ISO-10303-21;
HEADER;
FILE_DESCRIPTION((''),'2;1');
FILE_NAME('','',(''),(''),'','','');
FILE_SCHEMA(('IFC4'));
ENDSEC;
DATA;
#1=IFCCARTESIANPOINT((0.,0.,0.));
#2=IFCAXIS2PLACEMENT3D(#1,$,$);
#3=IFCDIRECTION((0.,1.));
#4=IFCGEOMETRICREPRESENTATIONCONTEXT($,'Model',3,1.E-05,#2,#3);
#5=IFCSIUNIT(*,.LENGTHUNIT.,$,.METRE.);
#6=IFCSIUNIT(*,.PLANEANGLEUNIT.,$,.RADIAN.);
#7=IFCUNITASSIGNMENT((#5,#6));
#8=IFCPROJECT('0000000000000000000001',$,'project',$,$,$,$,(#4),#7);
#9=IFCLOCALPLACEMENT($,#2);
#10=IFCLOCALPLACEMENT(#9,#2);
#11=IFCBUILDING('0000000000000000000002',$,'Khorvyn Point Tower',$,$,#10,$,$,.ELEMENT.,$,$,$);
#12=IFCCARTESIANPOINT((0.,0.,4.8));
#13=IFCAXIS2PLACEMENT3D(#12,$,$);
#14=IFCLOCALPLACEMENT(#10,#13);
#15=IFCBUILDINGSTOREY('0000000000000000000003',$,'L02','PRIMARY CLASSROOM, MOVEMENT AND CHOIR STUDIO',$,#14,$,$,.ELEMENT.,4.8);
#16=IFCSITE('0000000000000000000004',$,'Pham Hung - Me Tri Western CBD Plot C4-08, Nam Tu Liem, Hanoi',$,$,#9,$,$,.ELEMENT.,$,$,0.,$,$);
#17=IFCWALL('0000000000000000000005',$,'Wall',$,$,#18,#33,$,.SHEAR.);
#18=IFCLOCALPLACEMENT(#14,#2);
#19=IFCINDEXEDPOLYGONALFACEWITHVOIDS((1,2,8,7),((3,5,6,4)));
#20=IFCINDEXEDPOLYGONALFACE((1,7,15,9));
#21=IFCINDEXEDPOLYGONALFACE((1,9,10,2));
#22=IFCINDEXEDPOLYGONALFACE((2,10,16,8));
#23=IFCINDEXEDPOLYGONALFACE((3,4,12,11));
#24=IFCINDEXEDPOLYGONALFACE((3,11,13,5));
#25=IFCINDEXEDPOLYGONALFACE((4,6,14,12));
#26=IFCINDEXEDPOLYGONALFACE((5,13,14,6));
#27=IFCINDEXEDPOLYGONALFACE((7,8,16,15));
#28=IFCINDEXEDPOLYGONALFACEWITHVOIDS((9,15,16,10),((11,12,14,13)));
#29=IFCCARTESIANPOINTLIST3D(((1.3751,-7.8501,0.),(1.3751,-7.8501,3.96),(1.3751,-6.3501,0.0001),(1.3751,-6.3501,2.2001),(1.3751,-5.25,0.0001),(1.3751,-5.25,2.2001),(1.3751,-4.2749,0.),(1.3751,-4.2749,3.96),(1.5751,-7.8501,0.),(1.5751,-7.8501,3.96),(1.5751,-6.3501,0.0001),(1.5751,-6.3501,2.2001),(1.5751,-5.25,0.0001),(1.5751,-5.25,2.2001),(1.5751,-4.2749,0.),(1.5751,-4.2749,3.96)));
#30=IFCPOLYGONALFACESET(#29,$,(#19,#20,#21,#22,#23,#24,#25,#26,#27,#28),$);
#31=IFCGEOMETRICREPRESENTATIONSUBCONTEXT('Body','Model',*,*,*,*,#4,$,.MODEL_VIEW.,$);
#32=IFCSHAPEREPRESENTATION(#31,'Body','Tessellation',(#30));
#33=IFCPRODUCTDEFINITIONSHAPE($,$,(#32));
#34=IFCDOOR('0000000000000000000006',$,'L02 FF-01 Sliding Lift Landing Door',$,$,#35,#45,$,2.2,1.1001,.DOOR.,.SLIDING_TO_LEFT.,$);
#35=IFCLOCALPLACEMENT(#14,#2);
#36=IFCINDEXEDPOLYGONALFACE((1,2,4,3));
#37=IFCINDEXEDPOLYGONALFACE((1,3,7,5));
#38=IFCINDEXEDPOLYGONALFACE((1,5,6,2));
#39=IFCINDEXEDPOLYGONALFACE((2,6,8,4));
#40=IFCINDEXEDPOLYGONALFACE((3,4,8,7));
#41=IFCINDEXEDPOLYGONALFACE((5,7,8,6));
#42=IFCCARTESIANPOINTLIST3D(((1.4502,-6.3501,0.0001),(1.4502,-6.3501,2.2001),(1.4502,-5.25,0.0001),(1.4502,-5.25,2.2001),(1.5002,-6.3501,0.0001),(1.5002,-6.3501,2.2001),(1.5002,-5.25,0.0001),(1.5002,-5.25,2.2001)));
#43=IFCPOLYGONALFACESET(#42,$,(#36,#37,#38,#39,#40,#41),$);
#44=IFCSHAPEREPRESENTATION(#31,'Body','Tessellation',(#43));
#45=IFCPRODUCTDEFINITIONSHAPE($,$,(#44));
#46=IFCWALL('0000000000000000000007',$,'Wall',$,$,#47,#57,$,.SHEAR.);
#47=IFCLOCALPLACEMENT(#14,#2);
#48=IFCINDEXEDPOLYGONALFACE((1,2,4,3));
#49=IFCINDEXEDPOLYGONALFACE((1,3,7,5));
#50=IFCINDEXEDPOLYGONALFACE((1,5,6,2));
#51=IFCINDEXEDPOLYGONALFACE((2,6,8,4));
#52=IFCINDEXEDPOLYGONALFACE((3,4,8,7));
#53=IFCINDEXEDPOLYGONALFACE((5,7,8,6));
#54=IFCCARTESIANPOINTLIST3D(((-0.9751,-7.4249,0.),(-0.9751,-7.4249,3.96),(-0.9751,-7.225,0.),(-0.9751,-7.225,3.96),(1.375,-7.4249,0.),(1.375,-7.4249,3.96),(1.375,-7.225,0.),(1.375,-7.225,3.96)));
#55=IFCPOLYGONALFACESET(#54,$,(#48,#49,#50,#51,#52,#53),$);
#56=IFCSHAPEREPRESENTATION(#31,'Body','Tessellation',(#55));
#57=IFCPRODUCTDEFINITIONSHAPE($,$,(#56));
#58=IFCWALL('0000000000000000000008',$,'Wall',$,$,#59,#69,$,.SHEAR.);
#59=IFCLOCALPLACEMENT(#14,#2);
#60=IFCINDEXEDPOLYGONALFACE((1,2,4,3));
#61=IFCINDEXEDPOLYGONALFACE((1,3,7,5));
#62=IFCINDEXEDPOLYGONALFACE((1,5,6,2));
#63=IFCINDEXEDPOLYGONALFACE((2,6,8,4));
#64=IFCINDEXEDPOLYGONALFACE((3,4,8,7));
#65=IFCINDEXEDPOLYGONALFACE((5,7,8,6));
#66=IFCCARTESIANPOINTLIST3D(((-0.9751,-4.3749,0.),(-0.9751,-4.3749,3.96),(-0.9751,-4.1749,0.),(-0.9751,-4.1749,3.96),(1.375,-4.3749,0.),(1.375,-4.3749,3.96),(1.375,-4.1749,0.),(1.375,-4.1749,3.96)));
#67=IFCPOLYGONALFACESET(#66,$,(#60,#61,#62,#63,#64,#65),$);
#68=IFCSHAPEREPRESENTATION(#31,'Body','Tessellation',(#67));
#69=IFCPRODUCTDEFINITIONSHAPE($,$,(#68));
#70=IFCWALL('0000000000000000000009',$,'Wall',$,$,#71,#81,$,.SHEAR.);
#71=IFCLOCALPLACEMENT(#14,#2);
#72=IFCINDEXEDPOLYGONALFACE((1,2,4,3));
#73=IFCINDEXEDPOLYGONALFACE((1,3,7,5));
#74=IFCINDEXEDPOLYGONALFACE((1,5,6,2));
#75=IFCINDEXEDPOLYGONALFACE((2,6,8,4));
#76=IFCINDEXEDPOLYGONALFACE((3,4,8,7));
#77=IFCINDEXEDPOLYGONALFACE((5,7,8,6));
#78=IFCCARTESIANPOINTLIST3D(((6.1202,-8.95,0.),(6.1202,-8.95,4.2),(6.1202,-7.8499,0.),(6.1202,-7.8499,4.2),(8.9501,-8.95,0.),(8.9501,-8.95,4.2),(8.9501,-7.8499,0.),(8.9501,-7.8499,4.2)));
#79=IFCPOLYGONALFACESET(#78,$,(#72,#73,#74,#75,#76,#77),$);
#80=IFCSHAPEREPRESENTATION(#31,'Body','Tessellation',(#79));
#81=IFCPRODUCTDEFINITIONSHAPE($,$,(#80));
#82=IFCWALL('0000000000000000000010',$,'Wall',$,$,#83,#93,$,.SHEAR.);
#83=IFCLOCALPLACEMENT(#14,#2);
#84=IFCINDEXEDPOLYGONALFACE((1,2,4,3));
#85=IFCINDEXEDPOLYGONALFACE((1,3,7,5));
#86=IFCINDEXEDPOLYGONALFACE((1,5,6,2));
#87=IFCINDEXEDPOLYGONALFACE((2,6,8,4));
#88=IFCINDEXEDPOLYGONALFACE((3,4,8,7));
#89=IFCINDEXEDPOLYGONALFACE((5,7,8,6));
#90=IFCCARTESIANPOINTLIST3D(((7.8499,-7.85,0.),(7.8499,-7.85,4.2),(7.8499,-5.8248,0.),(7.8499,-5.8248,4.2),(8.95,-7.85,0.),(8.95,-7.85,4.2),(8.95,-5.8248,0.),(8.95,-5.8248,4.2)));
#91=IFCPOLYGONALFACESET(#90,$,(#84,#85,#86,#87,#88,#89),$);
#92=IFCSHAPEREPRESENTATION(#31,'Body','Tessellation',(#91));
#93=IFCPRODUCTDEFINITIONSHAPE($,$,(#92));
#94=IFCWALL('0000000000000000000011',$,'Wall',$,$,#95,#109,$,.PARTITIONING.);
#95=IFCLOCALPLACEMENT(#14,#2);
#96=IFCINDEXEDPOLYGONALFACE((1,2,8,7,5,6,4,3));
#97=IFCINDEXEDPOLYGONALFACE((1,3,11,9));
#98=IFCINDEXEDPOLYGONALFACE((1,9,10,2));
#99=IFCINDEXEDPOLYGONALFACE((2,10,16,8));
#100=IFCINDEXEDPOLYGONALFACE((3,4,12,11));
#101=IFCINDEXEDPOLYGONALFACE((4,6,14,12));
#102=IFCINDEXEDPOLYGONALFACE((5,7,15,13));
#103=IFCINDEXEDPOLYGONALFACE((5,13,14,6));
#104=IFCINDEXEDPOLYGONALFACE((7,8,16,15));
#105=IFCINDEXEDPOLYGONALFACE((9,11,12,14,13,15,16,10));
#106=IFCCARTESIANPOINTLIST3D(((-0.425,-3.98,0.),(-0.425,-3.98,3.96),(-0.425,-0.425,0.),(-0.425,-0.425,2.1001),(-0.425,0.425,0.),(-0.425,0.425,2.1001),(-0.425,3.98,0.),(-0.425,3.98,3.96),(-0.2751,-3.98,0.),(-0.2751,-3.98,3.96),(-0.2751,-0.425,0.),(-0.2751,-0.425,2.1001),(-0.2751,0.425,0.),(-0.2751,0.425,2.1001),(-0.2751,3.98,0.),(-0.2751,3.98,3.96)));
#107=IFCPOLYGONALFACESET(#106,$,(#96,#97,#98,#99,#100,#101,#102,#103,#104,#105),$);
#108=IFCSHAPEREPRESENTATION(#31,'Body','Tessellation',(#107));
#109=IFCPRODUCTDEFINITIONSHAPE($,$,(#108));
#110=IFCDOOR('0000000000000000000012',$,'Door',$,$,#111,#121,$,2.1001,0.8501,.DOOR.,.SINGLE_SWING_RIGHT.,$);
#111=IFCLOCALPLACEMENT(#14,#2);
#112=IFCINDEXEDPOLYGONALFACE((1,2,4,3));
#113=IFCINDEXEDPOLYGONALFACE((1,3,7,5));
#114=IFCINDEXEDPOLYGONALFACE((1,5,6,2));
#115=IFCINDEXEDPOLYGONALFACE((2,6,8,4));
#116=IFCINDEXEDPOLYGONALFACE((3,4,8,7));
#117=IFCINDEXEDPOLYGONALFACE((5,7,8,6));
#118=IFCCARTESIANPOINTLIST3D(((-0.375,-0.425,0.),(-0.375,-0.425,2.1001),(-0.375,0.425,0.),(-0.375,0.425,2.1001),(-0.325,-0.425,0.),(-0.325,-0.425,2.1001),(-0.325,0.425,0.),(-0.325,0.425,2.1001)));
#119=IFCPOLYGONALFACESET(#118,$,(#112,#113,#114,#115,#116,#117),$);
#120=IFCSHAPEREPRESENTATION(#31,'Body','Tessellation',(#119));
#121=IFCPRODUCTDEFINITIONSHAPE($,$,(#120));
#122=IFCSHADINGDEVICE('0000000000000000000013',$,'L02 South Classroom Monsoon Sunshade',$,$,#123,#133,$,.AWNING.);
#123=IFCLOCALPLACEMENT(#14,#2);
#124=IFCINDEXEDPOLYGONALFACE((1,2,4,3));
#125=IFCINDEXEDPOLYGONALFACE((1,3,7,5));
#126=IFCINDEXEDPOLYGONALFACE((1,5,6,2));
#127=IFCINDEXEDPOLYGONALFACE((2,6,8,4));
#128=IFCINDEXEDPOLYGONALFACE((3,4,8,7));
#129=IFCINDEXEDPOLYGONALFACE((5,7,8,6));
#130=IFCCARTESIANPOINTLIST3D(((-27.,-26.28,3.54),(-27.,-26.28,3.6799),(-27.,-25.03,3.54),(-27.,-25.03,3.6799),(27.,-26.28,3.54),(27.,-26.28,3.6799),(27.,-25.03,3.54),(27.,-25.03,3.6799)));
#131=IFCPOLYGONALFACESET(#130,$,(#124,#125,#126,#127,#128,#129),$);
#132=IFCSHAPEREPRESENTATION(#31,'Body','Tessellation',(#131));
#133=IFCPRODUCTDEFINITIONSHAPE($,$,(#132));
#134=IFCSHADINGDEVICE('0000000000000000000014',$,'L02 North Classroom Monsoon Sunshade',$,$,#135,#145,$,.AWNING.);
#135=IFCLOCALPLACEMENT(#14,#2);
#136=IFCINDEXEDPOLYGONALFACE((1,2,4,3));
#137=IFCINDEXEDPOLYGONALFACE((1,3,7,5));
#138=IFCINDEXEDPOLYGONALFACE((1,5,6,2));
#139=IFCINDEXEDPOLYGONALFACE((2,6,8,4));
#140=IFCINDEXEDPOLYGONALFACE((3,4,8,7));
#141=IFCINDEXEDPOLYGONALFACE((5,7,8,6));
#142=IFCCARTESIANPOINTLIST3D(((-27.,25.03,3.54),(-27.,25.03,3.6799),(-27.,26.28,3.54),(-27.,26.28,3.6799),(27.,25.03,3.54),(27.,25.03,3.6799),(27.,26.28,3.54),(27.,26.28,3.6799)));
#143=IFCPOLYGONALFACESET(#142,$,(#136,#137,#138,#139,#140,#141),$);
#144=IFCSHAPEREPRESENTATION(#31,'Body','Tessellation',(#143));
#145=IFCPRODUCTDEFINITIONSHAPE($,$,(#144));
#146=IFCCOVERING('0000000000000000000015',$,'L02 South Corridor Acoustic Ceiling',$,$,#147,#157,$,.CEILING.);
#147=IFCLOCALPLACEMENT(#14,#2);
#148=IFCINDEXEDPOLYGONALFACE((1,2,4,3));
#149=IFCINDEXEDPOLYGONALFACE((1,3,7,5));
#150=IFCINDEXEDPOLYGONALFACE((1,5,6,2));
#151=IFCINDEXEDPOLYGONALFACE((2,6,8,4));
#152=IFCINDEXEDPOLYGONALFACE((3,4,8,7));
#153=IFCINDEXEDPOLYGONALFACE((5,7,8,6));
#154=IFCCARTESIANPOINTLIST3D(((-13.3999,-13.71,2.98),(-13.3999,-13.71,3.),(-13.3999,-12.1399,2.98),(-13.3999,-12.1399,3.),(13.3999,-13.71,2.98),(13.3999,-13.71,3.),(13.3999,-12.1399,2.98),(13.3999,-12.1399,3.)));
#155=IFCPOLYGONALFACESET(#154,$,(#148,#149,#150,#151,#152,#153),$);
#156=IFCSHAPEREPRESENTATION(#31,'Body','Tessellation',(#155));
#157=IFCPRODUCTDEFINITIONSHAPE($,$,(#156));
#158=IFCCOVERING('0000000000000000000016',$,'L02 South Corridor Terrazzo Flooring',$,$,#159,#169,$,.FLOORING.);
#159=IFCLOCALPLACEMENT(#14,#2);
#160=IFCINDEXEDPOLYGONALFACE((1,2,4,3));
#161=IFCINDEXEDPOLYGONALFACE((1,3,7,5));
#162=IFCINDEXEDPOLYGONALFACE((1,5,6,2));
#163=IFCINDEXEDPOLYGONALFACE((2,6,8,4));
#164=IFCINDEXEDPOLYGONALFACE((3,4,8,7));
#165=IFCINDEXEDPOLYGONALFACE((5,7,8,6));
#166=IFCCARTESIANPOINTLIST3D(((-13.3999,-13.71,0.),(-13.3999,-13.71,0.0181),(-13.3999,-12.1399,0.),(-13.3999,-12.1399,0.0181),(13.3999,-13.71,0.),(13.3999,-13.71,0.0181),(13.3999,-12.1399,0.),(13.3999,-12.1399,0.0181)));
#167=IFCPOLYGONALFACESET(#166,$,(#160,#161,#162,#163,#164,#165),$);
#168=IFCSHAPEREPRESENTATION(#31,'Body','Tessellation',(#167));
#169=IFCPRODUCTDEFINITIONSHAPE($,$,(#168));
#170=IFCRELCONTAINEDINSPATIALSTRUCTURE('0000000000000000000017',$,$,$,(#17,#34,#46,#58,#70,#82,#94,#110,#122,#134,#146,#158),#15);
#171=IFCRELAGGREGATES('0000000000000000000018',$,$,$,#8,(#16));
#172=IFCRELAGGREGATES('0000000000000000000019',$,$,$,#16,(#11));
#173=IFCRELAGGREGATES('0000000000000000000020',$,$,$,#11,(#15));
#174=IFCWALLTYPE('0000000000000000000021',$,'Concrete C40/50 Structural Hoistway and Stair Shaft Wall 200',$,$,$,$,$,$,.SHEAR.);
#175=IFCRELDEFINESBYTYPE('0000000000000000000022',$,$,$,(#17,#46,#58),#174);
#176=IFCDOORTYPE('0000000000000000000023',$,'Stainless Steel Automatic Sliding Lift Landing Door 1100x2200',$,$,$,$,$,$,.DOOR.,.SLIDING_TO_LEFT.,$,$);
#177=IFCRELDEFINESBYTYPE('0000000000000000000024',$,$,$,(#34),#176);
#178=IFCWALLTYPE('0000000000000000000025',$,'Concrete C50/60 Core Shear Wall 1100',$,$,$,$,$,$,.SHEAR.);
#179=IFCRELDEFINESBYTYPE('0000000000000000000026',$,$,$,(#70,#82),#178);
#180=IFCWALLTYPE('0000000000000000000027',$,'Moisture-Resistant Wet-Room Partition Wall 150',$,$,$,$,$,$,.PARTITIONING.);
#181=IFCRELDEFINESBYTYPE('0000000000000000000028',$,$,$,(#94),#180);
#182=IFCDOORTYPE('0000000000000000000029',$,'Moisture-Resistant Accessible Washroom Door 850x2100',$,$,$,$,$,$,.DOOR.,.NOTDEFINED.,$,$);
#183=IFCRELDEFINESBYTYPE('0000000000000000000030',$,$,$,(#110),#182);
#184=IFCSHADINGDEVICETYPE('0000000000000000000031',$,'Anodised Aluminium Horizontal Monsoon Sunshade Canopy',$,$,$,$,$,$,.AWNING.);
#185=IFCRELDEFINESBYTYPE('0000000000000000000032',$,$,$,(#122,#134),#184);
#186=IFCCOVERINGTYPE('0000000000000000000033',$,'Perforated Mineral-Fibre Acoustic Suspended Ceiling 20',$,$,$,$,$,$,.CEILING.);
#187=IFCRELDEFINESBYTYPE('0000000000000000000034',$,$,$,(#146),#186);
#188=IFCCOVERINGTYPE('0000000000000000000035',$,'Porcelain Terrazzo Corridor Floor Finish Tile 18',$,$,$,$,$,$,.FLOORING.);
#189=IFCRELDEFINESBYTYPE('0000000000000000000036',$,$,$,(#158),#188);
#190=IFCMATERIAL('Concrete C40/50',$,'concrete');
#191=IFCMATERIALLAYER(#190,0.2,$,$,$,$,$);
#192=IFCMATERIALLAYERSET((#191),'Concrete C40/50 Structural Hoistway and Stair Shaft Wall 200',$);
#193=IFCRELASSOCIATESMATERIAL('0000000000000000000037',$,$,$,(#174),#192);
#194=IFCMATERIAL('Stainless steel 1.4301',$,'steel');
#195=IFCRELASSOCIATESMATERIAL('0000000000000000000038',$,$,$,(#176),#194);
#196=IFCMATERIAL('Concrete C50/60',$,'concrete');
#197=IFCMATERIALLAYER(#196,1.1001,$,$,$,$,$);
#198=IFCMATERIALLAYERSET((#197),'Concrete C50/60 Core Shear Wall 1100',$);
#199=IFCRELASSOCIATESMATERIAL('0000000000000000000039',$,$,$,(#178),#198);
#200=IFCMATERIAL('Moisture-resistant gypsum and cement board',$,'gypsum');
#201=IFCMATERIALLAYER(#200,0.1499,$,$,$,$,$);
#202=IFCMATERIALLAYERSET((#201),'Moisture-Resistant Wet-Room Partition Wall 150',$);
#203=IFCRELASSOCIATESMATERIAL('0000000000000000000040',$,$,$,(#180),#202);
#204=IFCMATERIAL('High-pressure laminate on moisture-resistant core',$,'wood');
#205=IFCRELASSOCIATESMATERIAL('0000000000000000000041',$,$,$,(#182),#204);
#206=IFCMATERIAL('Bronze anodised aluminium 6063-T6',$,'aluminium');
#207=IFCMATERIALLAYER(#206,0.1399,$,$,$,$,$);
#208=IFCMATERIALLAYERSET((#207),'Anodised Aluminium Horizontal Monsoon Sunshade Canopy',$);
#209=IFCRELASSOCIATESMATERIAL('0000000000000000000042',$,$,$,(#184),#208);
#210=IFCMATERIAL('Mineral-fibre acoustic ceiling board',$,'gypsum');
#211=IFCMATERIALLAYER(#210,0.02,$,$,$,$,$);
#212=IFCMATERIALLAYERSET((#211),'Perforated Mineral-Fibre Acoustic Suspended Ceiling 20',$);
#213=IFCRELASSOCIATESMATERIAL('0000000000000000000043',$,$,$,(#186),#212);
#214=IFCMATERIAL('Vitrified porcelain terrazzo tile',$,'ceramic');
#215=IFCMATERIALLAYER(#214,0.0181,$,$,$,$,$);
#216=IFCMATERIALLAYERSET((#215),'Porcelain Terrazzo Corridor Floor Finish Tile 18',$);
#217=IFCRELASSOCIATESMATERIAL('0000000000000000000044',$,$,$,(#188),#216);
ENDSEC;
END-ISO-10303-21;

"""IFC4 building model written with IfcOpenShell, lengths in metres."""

from ifc_helpers import new_model, si_unit, direction, frame, frame_2d, origin, place, context, subcontext, project, spatial, polyline, rectangle, outline, extrude, material, layer, layer_set, type_object, element, fill, save


model = new_model("IFC4")

# Units and contexts
model_context = context("Model", 3, precision=1e-05, world=origin(), true_north=direction((0.0, 1.0)))
body_context = subcontext(model_context, "Body", "Model", "MODEL_VIEW")
ifc_project = project(units=[si_unit("LENGTHUNIT", "METRE"), si_unit("PLANEANGLEUNIT", "RADIAN")], contexts=[model_context])

# Site, building, storey
site_placement = place(None, origin())
site = spatial("IfcSite", under=ifc_project, at=site_placement, Name="Pham Hung - Me Tri Western CBD Plot C4-08, Nam Tu Liem, Hanoi", CompositionType="ELEMENT", RefElevation=0.0)
building_placement = place(site_placement, origin())
building = spatial("IfcBuilding", under=site, at=building_placement, Name="Khorvyn Point Tower", CompositionType="ELEMENT")
storey_placement = place(building_placement, frame((0.0, 0.0, 4.8)))
storey = spatial("IfcBuildingStorey", under=building, at=storey_placement, Name="L02", Description="PRIMARY CLASSROOM, MOVEMENT AND CHOIR STUDIO", CompositionType="ELEMENT", Elevation=4.8)

# Shared definitions
ifc_material_1 = material(Name="Concrete C40/50", Category="concrete")

# Shared definitions
ifc_material_2 = material(Name="Concrete C50/60", Category="concrete")

# Shared definitions
ifc_layer_1 = layer(ifc_material_1, 0.2)
ifc_layer_set_1 = layer_set([ifc_layer_1], Name="Concrete C40/50 Structural Hoistway and Stair Shaft Wall 200")
wall_type_1 = type_object("IfcWallType", Name="Concrete C40/50 Structural Hoistway and Stair Shaft Wall 200", PredefinedType="SHEAR", material=ifc_layer_set_1)

# Wall, opening, door
wall_1_placement = place(storey_placement, frame((1.4751, -7.8501, 0.0), z_axis=(0.0, 0.0, 1.0), x_axis=(0.0, 1.0, 0.0)))
wall_1 = element("IfcWall", 1, at=wall_1_placement, inside=storey, type_object=wall_type_1, Name="Wall", PredefinedType="SHEAR", context=body_context, shape_type="SweptSolid", body=[
    extrude(rectangle(XDim=3.5752, YDim=0.2, at=frame_2d((1.7876, 0.0))), origin(), (0.0, 0.0, 1.0), 3.96),
])
opening_1_placement = place(wall_1_placement, frame((1.5, 0.0, 0.0)))
opening_1 = element("IfcOpeningElement", 2, at=opening_1_placement, cuts=wall_1, PredefinedType="OPENING", context=body_context, shape_type="SweptSolid", body=[
    extrude(rectangle(XDim=1.1001, YDim=2.2, at=frame_2d((0.55, 1.1001))), frame((0.0, 0.1099, 0.0), z_axis=(0.0, -1.0, 0.0), x_axis=(1.0, 0.0, 0.0)), (0.0, 0.0, 1.0), 0.22),
])
ifc_material_3 = material(Name="Stainless steel 1.4301", Category="steel")
door_type_1 = type_object("IfcDoorType", Name="Stainless Steel Automatic Sliding Lift Landing Door 1100x2200", OperationType="SLIDING_TO_LEFT", PredefinedType="DOOR", material=ifc_material_3)
door_1_placement = place(opening_1_placement, origin())
door_1 = element("IfcDoor", 3, at=door_1_placement, inside=storey, type_object=door_type_1, Name="L02 FF-01 Sliding Lift Landing Door", OperationType="SLIDING_TO_LEFT", OverallHeight=2.2, OverallWidth=1.1001, PredefinedType="DOOR", context=body_context, shape_type="SweptSolid", body=[
    extrude(rectangle(XDim=1.1001, YDim=2.2, at=frame_2d((0.55, 1.1001))), frame((0.0, 0.0249, 0.0), z_axis=(0.0, -1.0, 0.0), x_axis=(1.0, 0.0, 0.0)), (0.0, 0.0, 1.0), 0.05),
])
fill(opening_1, door_1)

# Walls
for number, where, z_axis, x_axis, name in (
    (4, (-0.9751, -7.325, 0.0), (0.0, 0.0, 1.0), (1.0, 0.0, 0.0), "Wall"),
    (5, (-0.9751, -4.2749, 0.0), (0.0, 0.0, 1.0), (1.0, 0.0, 0.0), "Wall"),
):
    element("IfcWall", number, at=place(storey_placement, frame(where, z_axis=z_axis, x_axis=x_axis)), inside=storey, type_object=wall_type_1, Name=name, PredefinedType="SHEAR", context=body_context, shape_type="SweptSolid", body=[
        extrude(rectangle(XDim=2.3501, YDim=0.2, at=frame_2d((1.175, 0.0))), origin(), (0.0, 0.0, 1.0), 3.96),
    ])
ifc_layer_2 = layer(ifc_material_2, 1.1001)
ifc_layer_set_2 = layer_set([ifc_layer_2], Name="Concrete C50/60 Core Shear Wall 1100")
wall_type_2 = type_object("IfcWallType", Name="Concrete C50/60 Core Shear Wall 1100", PredefinedType="SHEAR", material=ifc_layer_set_2)
wall_2_placement = place(storey_placement, frame((6.1201, -8.3999, 0.0), z_axis=(0.0, 0.0, 1.0), x_axis=(1.0, 0.0, 0.0)))
element("IfcWall", 6, at=wall_2_placement, inside=storey, type_object=wall_type_2, Name="Wall", PredefinedType="SHEAR", context=body_context, shape_type="SweptSolid", body=[
    extrude(rectangle(XDim=2.8298, YDim=1.1001, at=frame_2d((1.415, 0.0))), origin(), (0.0, 0.0, 1.0), 4.2),
])
wall_3_placement = place(storey_placement, frame((8.3999, -7.8501, 0.0), z_axis=(0.0, 0.0, 1.0), x_axis=(0.0, 1.0, 0.0)))
element("IfcWall", 7, at=wall_3_placement, inside=storey, type_object=wall_type_2, Name="Wall", PredefinedType="SHEAR", context=body_context, shape_type="SweptSolid", body=[
    extrude(rectangle(XDim=2.0251, YDim=1.1001, at=frame_2d((1.0127, 0.0))), origin(), (0.0, 0.0, 1.0), 4.2),
])

# Wall, opening, door
ifc_material_4 = material(Name="Moisture-resistant gypsum and cement board", Category="gypsum")
ifc_layer_3 = layer(ifc_material_4, 0.1499)
ifc_layer_set_3 = layer_set([ifc_layer_3], Name="Moisture-Resistant Wet-Room Partition Wall 150")
wall_type_3 = type_object("IfcWallType", Name="Moisture-Resistant Wet-Room Partition Wall 150", PredefinedType="PARTITIONING", material=ifc_layer_set_3)
wall_4_placement = place(storey_placement, frame((-0.3501, -3.98, 0.0), z_axis=(0.0, 0.0, 1.0), x_axis=(0.0, 1.0, 0.0)))
wall_4 = element("IfcWall", 8, at=wall_4_placement, inside=storey, type_object=wall_type_3, Name="Wall", PredefinedType="PARTITIONING", context=body_context, shape_type="SweptSolid", body=[
    extrude(rectangle(XDim=7.96, YDim=0.1499, at=frame_2d((3.98, 0.0))), origin(), (0.0, 0.0, 1.0), 3.96),
])
opening_2_placement = place(wall_4_placement, frame((3.5549, 0.0, 0.0)))
opening_2 = element("IfcOpeningElement", 9, at=opening_2_placement, cuts=wall_4, PredefinedType="OPENING", context=body_context, shape_type="SweptSolid", body=[
    extrude(rectangle(XDim=0.8501, YDim=2.1001, at=frame_2d((0.425, 1.05))), frame((0.0, 0.085, 0.0), z_axis=(0.0, -1.0, 0.0), x_axis=(1.0, 0.0, 0.0)), (0.0, 0.0, 1.0), 0.1699),
])
ifc_material_5 = material(Name="High-pressure laminate on moisture-resistant core", Category="wood")
door_type_2 = type_object("IfcDoorType", Name="Moisture-Resistant Accessible Washroom Door 850x2100", OperationType="NOTDEFINED", PredefinedType="DOOR", material=ifc_material_5)
door_2_placement = place(opening_2_placement, origin())
door_2 = element("IfcDoor", 10, at=door_2_placement, inside=storey, type_object=door_type_2, Name="Door", OperationType="SINGLE_SWING_RIGHT", OverallHeight=2.1001, OverallWidth=0.8501, PredefinedType="DOOR", context=body_context, shape_type="SweptSolid", body=[
    extrude(rectangle(XDim=0.8501, YDim=2.1001, at=frame_2d((0.425, 1.05))), frame((0.0, 0.0249, 0.0), z_axis=(0.0, -1.0, 0.0), x_axis=(1.0, 0.0, 0.0)), (0.0, 0.0, 1.0), 0.05),
])
fill(opening_2, door_2)

# Shading devices
ifc_material_6 = material(Name="Bronze anodised aluminium 6063-T6", Category="aluminium")
ifc_layer_4 = layer(ifc_material_6, 0.1399)
ifc_layer_set_4 = layer_set([ifc_layer_4], Name="Anodised Aluminium Horizontal Monsoon Sunshade Canopy")
shading_device_type = type_object("IfcShadingDeviceType", Name="Anodised Aluminium Horizontal Monsoon Sunshade Canopy", PredefinedType="AWNING", material=ifc_layer_set_4)
shading_device_1_placement = place(storey_placement, frame((0.0, 0.0, 3.54)))
element("IfcShadingDevice", 11, at=shading_device_1_placement, inside=storey, type_object=shading_device_type, Name="L02 South Classroom Monsoon Sunshade", PredefinedType="AWNING", context=body_context, shape_type="SweptSolid", body=[
    extrude(outline(polyline([(-27.0, -26.28), (27.0, -26.28), (27.0, -25.03), (-27.0, -25.03), (-27.0, -26.28)])), origin(), (0.0, 0.0, 1.0), 0.1399),
])
shading_device_2_placement = place(storey_placement, frame((0.0, 0.0, 3.54)))
element("IfcShadingDevice", 12, at=shading_device_2_placement, inside=storey, type_object=shading_device_type, Name="L02 North Classroom Monsoon Sunshade", PredefinedType="AWNING", context=body_context, shape_type="SweptSolid", body=[
    extrude(outline(polyline([(-27.0, 25.03), (27.0, 25.03), (27.0, 26.28), (-27.0, 26.28), (-27.0, 25.03)])), origin(), (0.0, 0.0, 1.0), 0.1399),
])

# Coverings
ifc_material_7 = material(Name="Mineral-fibre acoustic ceiling board", Category="gypsum")
ifc_layer_5 = layer(ifc_material_7, 0.02)
ifc_layer_set_5 = layer_set([ifc_layer_5], Name="Perforated Mineral-Fibre Acoustic Suspended Ceiling 20")
covering_type_1 = type_object("IfcCoveringType", Name="Perforated Mineral-Fibre Acoustic Suspended Ceiling 20", PredefinedType="CEILING", material=ifc_layer_set_5)
covering_1_placement = place(storey_placement, frame((0.0, 0.0, 2.98)))
element("IfcCovering", 13, at=covering_1_placement, inside=storey, type_object=covering_type_1, Name="L02 South Corridor Acoustic Ceiling", PredefinedType="CEILING", context=body_context, shape_type="SweptSolid", body=[
    extrude(outline(polyline([(-13.3999, -13.71), (13.3999, -13.71), (13.3999, -12.1399), (-13.3999, -12.1399), (-13.3999, -13.71)])), origin(), (0.0, 0.0, 1.0), 0.02),
])
ifc_material_8 = material(Name="Vitrified porcelain terrazzo tile", Category="ceramic")
ifc_layer_6 = layer(ifc_material_8, 0.0181)
ifc_layer_set_6 = layer_set([ifc_layer_6], Name="Porcelain Terrazzo Corridor Floor Finish Tile 18")
covering_type_2 = type_object("IfcCoveringType", Name="Porcelain Terrazzo Corridor Floor Finish Tile 18", PredefinedType="FLOORING", material=ifc_layer_set_6)
covering_2_placement = place(storey_placement, origin())
element("IfcCovering", 14, at=covering_2_placement, inside=storey, type_object=covering_type_2, Name="L02 South Corridor Terrazzo Flooring", PredefinedType="FLOORING", context=body_context, shape_type="SweptSolid", body=[
    extrude(outline(polyline([(-13.3999, -13.71), (13.3999, -13.71), (13.3999, -12.1399), (-13.3999, -12.1399), (-13.3999, -13.71)])), origin(), (0.0, 0.0, 1.0), 0.0181),
])

save(model, "model.ifc")
